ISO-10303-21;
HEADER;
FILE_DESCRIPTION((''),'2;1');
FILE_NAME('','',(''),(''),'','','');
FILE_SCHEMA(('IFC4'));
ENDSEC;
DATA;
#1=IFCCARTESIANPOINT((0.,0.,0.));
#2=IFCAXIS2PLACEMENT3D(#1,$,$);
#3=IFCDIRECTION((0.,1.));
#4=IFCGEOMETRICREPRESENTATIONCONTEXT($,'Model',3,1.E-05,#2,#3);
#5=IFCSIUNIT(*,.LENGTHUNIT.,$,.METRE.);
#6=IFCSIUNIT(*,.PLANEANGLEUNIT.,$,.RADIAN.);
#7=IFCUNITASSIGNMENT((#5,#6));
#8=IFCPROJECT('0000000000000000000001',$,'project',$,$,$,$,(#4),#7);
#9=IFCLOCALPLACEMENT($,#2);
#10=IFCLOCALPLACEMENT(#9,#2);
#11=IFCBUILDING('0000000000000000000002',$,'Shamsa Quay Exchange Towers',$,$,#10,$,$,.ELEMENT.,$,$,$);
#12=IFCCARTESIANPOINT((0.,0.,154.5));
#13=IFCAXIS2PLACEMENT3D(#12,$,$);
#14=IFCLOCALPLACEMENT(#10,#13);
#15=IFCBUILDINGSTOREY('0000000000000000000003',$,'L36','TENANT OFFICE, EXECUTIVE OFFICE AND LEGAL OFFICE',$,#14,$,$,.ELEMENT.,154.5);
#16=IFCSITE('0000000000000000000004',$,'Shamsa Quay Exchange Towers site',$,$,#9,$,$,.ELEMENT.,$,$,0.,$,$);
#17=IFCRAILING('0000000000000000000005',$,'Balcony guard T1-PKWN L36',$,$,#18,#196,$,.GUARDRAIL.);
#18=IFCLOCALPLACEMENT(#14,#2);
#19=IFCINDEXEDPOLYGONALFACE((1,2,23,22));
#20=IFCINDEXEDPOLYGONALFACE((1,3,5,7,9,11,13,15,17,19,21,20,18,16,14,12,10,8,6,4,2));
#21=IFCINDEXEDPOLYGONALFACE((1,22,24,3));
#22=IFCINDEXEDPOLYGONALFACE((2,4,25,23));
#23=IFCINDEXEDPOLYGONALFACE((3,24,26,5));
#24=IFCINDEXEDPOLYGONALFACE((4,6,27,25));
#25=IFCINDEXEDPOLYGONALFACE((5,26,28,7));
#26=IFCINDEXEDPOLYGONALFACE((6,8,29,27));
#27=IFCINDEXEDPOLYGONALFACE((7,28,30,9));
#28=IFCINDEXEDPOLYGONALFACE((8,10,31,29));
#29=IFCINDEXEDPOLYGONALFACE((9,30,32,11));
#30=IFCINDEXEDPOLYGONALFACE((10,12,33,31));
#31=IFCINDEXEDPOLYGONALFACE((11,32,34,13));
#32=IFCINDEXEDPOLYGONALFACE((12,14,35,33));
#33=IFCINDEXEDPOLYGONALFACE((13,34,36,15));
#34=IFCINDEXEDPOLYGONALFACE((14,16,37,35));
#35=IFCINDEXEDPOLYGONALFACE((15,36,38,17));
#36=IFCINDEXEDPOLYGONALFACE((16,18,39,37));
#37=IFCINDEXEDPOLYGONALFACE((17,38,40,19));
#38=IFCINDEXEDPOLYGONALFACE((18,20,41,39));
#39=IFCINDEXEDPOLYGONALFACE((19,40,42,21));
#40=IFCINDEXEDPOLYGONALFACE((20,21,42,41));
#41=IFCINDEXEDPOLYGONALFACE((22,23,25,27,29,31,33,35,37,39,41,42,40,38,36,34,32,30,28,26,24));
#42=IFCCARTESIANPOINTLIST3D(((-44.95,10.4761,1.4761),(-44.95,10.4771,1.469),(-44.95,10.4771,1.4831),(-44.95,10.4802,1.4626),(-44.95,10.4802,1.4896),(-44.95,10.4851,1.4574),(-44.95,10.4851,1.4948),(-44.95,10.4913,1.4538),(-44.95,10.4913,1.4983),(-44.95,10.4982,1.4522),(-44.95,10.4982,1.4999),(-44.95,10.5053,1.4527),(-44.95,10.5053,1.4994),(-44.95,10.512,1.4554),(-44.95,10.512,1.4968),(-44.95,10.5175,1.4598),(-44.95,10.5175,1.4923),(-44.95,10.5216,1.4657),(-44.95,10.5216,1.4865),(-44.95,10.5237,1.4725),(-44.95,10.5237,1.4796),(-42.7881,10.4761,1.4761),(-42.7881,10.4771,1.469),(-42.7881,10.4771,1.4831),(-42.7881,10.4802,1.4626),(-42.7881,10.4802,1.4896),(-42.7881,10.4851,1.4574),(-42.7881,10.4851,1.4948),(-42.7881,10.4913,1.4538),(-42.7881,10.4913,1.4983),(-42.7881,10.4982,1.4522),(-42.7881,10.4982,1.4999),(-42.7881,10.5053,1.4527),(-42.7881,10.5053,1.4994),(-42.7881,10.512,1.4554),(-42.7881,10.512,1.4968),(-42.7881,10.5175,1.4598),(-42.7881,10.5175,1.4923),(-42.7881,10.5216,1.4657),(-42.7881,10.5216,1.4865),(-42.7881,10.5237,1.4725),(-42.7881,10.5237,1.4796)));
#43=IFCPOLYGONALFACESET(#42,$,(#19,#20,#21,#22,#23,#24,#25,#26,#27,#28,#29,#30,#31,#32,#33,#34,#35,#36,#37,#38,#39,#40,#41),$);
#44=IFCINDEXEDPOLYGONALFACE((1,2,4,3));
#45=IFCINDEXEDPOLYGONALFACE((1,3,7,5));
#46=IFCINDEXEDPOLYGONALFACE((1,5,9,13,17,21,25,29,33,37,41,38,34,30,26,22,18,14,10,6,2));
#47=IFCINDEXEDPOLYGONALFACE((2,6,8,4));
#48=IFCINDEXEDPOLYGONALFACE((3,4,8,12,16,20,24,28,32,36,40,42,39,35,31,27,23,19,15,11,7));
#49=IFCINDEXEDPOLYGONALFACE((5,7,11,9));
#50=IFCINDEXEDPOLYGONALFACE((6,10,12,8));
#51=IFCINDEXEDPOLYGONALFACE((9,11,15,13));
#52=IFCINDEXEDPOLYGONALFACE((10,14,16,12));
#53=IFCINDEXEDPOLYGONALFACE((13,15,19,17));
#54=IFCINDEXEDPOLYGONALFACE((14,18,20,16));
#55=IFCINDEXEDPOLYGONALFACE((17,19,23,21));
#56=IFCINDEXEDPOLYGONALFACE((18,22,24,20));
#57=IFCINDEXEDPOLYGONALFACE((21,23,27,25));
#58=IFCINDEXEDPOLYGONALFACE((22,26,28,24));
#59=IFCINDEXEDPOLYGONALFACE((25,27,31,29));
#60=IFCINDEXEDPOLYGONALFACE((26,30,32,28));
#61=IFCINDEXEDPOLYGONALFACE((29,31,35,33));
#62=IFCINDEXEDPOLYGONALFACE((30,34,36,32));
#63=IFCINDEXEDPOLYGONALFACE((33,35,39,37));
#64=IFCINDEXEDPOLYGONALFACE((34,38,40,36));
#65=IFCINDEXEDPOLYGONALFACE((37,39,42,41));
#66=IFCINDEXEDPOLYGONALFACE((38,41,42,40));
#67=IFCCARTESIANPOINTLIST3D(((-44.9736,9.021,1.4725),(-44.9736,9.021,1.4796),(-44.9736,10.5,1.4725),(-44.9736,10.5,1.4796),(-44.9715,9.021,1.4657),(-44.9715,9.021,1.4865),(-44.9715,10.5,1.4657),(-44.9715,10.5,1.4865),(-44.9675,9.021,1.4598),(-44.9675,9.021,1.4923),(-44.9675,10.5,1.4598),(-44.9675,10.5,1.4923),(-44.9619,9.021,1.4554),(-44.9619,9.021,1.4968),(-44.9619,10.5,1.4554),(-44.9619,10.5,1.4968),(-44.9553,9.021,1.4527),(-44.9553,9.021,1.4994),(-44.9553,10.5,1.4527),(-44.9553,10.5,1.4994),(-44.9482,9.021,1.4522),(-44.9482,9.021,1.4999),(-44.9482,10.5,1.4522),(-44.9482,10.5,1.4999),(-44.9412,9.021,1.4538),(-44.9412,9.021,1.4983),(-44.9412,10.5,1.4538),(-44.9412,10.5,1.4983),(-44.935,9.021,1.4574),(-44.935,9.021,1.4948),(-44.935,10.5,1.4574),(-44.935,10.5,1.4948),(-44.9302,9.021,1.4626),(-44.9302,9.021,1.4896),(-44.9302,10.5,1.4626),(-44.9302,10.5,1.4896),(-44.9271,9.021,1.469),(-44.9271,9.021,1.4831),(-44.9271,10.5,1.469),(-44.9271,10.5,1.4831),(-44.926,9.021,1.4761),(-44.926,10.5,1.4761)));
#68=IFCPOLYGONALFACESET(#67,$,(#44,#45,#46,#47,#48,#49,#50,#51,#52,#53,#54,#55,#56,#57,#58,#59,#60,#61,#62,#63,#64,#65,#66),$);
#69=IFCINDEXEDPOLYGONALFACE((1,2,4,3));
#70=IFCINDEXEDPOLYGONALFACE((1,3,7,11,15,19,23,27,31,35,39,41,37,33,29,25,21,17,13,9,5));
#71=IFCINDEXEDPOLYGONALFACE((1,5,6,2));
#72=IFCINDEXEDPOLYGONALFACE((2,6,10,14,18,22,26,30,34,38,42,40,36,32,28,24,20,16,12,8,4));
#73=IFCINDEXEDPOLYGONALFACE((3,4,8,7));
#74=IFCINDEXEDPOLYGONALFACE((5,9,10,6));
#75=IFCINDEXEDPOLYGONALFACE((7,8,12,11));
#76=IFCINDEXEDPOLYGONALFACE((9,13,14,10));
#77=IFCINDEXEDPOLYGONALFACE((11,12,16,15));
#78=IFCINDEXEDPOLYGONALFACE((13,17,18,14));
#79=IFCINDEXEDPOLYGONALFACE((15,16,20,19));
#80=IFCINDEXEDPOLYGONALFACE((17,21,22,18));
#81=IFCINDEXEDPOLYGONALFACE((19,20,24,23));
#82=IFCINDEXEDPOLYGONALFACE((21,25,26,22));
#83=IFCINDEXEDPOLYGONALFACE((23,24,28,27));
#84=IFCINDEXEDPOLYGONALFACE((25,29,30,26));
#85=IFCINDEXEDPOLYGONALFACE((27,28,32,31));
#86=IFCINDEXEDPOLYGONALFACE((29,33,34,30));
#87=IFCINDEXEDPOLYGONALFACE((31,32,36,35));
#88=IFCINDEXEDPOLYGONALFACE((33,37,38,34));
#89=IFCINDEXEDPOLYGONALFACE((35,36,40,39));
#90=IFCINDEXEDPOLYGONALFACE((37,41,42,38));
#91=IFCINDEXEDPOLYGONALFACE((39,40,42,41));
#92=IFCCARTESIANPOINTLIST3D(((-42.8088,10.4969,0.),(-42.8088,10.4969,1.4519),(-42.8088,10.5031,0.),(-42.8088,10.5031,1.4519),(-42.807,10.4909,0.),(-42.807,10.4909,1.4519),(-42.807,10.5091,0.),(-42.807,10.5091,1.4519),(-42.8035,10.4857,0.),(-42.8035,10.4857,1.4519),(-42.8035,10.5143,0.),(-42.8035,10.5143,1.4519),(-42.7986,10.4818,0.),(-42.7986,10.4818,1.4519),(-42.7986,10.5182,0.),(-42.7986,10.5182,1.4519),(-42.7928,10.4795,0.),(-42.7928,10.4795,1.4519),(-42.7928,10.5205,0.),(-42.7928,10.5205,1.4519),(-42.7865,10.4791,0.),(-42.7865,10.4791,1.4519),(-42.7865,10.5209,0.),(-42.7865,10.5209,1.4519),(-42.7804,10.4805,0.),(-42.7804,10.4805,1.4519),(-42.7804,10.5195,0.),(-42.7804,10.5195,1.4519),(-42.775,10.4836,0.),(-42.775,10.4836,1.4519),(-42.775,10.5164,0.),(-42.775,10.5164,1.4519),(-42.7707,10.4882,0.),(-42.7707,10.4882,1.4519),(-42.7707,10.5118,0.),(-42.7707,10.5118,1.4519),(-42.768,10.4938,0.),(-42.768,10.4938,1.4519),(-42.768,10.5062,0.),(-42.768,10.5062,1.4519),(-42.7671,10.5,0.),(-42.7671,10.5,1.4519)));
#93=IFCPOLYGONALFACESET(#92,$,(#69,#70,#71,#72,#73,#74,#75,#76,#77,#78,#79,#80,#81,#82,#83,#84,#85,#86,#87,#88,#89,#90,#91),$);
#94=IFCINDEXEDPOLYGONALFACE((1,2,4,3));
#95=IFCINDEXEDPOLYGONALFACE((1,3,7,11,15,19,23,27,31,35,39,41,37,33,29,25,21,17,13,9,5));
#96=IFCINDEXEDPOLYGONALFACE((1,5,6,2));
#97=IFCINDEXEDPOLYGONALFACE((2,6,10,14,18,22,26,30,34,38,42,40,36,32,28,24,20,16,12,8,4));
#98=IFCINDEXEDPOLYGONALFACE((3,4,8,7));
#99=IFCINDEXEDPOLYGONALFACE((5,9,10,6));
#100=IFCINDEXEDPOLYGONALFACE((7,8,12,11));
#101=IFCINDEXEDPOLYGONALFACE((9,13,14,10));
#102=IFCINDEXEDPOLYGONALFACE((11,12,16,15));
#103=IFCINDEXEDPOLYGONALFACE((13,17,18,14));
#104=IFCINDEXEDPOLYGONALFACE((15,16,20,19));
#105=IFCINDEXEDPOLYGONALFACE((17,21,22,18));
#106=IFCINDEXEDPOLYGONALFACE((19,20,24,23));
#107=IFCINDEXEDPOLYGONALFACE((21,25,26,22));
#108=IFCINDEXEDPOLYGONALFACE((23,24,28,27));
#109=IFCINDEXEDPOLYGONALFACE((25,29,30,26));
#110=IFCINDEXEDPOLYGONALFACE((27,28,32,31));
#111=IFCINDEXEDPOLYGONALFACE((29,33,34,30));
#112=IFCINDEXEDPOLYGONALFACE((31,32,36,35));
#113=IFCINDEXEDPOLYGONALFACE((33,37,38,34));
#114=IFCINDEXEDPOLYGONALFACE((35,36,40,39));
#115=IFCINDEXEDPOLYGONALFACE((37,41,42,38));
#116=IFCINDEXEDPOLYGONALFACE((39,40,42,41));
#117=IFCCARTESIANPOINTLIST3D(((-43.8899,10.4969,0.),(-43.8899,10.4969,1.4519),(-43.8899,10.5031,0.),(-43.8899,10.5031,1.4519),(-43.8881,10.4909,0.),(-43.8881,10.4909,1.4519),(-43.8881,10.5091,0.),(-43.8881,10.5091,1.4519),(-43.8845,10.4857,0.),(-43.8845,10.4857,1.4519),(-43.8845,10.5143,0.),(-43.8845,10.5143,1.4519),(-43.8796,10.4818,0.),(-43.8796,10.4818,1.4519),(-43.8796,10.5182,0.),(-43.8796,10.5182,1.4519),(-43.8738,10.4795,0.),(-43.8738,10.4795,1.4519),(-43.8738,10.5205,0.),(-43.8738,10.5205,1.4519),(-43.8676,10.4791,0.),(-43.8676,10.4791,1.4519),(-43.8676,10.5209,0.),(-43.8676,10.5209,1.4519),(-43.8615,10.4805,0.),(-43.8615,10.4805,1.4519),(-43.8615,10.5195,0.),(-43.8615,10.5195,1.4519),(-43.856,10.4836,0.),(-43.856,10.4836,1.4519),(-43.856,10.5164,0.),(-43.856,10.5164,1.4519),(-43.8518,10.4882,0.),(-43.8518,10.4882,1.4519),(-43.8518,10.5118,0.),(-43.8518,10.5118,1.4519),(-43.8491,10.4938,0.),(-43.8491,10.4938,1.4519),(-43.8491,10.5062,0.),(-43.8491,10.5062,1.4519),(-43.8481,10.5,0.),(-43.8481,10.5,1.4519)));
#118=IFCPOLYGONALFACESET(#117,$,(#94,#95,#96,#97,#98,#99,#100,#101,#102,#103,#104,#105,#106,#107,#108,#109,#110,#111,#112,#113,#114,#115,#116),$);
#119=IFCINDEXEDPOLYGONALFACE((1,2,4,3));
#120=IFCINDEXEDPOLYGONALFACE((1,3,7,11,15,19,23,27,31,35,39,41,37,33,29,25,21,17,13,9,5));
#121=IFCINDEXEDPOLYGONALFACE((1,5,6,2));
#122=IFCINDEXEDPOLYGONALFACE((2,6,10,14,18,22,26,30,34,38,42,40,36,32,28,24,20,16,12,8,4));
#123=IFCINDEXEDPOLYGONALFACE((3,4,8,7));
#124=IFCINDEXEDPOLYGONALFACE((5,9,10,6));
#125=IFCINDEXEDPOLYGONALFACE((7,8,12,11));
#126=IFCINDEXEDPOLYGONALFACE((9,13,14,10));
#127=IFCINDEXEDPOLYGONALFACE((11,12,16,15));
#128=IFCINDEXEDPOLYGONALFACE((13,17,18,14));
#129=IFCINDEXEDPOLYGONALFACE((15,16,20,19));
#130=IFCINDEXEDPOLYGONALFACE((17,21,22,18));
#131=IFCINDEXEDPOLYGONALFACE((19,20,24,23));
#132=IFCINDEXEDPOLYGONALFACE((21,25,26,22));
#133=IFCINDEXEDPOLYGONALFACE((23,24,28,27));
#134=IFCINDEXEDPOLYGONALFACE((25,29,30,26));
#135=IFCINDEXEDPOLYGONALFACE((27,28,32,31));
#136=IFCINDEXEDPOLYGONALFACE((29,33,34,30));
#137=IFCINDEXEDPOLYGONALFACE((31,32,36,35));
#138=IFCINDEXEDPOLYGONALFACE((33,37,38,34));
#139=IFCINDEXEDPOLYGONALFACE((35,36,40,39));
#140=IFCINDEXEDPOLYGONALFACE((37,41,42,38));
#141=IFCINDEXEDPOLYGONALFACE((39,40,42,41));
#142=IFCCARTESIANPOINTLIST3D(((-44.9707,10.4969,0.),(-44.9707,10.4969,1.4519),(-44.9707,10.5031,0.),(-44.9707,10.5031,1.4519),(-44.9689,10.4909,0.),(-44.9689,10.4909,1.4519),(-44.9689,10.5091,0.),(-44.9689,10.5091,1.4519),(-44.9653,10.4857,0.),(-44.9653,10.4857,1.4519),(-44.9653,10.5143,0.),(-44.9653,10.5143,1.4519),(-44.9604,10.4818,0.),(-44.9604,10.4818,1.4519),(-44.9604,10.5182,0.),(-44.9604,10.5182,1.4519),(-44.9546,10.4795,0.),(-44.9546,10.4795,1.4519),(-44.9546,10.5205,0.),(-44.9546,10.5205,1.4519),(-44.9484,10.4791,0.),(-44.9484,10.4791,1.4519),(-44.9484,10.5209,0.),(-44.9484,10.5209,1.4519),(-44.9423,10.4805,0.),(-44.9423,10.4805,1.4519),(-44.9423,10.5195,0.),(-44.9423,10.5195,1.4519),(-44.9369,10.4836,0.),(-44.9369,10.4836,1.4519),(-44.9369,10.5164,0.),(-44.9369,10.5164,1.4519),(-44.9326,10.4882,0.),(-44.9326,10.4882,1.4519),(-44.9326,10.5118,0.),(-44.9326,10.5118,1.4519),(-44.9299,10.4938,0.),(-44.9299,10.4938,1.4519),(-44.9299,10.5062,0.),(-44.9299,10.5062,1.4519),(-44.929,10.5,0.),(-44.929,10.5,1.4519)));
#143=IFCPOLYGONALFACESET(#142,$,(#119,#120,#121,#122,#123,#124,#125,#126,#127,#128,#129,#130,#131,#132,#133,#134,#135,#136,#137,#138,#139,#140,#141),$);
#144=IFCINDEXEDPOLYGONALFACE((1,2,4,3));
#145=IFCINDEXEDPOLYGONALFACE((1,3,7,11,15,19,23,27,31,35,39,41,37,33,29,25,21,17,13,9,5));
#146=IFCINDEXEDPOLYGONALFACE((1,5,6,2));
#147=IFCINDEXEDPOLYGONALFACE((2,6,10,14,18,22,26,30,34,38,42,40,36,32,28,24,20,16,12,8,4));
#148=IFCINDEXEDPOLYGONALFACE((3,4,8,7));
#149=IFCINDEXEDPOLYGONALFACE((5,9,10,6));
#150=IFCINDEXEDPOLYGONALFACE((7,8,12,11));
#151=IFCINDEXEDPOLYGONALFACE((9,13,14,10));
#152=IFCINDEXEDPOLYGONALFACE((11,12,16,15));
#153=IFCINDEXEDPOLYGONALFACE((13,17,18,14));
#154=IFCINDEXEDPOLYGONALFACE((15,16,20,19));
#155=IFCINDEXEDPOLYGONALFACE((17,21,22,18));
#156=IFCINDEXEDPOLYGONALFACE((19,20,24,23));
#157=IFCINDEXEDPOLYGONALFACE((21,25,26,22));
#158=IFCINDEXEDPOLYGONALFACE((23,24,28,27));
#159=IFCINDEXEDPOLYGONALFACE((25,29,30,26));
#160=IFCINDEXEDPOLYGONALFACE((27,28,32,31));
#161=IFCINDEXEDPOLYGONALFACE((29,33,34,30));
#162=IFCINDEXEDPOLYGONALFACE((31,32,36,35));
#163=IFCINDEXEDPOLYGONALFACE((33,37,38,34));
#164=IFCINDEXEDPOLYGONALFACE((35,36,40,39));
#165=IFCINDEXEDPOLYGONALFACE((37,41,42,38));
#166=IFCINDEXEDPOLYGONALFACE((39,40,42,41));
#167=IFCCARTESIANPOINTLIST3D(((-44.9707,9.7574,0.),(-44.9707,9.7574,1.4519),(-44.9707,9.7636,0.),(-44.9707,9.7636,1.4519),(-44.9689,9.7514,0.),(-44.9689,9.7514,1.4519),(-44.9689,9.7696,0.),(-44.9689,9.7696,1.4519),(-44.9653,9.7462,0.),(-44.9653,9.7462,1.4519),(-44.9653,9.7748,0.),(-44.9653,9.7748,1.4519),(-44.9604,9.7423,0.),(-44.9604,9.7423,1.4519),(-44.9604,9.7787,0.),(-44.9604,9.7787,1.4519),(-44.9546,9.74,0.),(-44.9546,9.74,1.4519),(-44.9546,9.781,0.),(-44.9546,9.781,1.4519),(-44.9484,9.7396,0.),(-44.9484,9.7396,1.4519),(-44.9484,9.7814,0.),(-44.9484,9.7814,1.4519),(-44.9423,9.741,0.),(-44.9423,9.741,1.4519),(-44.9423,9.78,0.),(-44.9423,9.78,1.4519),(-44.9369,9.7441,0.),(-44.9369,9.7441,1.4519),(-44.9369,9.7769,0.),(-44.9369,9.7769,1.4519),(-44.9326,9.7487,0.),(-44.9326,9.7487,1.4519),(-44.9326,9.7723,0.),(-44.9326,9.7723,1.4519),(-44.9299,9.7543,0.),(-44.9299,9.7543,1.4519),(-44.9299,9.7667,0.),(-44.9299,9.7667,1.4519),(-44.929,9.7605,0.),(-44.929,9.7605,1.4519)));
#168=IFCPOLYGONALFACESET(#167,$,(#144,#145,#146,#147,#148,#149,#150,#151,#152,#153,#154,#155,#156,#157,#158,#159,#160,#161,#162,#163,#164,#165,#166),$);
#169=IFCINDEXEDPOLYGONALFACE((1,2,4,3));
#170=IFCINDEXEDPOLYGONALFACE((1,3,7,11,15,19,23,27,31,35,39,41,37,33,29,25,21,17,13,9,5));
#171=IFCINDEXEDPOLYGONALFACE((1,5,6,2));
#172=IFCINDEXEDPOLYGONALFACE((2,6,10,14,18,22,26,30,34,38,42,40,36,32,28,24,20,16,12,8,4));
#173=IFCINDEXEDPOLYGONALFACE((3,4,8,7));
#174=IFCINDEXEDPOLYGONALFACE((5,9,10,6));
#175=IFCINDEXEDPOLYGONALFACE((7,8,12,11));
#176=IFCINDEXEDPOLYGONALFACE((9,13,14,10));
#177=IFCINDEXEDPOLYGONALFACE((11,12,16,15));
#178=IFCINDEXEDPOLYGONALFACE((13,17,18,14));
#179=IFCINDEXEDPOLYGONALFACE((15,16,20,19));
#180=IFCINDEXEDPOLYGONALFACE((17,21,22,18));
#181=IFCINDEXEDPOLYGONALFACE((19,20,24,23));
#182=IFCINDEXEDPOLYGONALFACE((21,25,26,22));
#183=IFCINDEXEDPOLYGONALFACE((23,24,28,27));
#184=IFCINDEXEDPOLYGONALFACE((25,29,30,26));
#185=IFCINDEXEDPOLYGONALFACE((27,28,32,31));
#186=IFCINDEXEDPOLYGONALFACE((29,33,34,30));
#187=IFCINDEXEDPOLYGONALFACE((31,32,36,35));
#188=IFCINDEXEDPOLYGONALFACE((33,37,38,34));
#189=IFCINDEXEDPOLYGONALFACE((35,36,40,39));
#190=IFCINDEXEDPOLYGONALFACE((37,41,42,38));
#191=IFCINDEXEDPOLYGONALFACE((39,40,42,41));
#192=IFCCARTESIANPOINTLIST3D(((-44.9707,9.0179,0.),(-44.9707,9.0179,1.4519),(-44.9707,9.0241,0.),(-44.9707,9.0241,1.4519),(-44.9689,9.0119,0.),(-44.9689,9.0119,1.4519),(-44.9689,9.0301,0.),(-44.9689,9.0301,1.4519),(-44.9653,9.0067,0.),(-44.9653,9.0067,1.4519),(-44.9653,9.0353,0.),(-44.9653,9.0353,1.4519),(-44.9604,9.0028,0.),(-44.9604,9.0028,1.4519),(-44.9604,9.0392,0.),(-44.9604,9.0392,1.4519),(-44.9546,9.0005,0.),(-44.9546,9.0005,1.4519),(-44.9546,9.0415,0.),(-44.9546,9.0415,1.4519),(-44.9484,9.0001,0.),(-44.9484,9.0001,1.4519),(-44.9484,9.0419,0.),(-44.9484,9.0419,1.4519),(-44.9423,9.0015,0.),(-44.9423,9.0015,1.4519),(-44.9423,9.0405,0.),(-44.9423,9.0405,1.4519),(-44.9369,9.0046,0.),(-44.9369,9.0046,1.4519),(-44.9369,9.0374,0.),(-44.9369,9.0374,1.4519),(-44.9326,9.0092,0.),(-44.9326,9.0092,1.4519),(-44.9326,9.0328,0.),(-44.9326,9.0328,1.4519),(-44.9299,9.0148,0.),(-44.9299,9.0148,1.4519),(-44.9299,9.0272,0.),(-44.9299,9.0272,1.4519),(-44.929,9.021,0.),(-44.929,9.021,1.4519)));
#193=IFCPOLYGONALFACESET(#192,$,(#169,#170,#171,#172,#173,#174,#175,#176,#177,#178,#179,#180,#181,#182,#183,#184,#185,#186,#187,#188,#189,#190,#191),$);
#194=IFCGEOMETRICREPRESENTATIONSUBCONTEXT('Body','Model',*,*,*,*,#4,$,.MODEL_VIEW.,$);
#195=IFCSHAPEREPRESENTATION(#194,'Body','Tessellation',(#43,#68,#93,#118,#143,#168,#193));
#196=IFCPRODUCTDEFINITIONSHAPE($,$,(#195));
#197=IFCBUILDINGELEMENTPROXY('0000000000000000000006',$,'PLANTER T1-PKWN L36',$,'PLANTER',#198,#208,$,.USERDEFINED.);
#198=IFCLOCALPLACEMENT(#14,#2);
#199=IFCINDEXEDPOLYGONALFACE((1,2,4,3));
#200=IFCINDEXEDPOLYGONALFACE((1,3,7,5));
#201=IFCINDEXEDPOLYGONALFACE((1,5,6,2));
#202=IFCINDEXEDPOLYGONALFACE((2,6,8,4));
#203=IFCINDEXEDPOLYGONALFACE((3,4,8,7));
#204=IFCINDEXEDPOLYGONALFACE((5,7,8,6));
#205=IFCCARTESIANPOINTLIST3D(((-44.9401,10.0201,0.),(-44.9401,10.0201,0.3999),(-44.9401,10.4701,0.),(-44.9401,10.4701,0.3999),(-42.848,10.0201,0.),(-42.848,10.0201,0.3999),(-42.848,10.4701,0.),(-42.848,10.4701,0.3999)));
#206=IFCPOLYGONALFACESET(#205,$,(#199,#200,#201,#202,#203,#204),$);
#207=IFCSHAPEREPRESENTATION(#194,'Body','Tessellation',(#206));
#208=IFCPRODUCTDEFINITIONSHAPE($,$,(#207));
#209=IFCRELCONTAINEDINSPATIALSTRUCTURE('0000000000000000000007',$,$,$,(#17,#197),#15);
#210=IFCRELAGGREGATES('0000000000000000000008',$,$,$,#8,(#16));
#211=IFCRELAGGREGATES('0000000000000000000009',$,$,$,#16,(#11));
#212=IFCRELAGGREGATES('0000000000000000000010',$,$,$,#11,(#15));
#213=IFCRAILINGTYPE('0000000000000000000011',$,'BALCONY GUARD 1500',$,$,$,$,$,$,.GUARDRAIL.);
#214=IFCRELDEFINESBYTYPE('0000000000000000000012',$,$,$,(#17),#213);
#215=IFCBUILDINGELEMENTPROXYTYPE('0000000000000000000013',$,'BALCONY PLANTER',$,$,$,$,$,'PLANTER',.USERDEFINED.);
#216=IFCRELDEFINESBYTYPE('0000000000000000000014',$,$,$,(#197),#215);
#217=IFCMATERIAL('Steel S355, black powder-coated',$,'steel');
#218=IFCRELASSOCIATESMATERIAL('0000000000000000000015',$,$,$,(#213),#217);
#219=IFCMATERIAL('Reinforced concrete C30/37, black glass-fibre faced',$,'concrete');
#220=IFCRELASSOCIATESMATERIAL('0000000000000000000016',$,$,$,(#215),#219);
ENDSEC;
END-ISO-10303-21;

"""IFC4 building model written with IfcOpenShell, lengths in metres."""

from ifc_helpers import new_model, si_unit, direction, frame, origin, origin_2d, place, context, subcontext, project, spatial, rectangle, circle, extrude, material, type_object, element, save


model = new_model("IFC4")

# Units and contexts
model_context = context("Model", 3, precision=1e-05, world=origin(), true_north=direction((0.0, 1.0)))
body_context = subcontext(model_context, "Body", "Model", "MODEL_VIEW")
ifc_project = project(units=[si_unit("LENGTHUNIT", "METRE"), si_unit("PLANEANGLEUNIT", "RADIAN")], contexts=[model_context])

# Site, building, storey
site_placement = place(None, origin())
site = spatial("IfcSite", under=ifc_project, at=site_placement, Name="Shamsa Quay Exchange Towers site", CompositionType="ELEMENT", RefElevation=0.0)
building_placement = place(site_placement, origin())
building = spatial("IfcBuilding", under=site, at=building_placement, Name="Shamsa Quay Exchange Towers", CompositionType="ELEMENT")
storey_placement = place(building_placement, frame((0.0, 0.0, 154.5)))
storey = spatial("IfcBuildingStorey", under=building, at=storey_placement, Name="L36", Description="TENANT OFFICE, EXECUTIVE OFFICE AND LEGAL OFFICE", CompositionType="ELEMENT", Elevation=154.5)

# Railing
ifc_material_1 = material(Name="Steel S355, black powder-coated", Category="steel")
railing_type = type_object("IfcRailingType", Name="BALCONY GUARD 1500", PredefinedType="GUARDRAIL", material=ifc_material_1)
railing_placement = place(storey_placement, frame((-42.7881, 10.5, 0.0)))
element("IfcRailing", 1, at=railing_placement, inside=storey, type_object=railing_type, Name="Balcony guard T1-PKWN L36", PredefinedType="GUARDRAIL", context=body_context, shape_type="SweptSolid", body=[
    extrude(circle(Radius=0.0239, at=origin_2d()), frame((0.0, 0.0, 1.4761), z_axis=(-1.0, 0.0, 0.0), x_axis=(0.0, -1.0, 0.0)), (0.0, 0.0, 1.0), 2.1619),
    extrude(circle(Radius=0.0239, at=origin_2d()), frame((-2.1619, 0.0, 1.4761), z_axis=(0.0, -1.0, 0.0), x_axis=(1.0, 0.0, 0.0)), (0.0, 0.0, 1.0), 1.479),
    extrude(circle(Radius=0.021, at=origin_2d()), origin(), (0.0, 0.0, 1.0), 1.4519),
    extrude(circle(Radius=0.021, at=origin_2d()), frame((-1.0811, 0.0, 0.0)), (0.0, 0.0, 1.0), 1.4519),
    extrude(circle(Radius=0.021, at=origin_2d()), frame((-2.1619, 0.0, 0.0)), (0.0, 0.0, 1.0), 1.4519),
    extrude(circle(Radius=0.021, at=origin_2d()), frame((-2.1619, -0.7395, 0.0)), (0.0, 0.0, 1.0), 1.4519),
    extrude(circle(Radius=0.021, at=origin_2d()), frame((-2.1619, -1.479, 0.0)), (0.0, 0.0, 1.0), 1.4519),
])

# Building element proxy
ifc_material_2 = material(Name="Reinforced concrete C30/37, black glass-fibre faced", Category="concrete")
building_element_proxy_type = type_object("IfcBuildingElementProxyType", Name="BALCONY PLANTER", ElementType="PLANTER", PredefinedType="USERDEFINED", material=ifc_material_2)
proxy_placement = place(storey_placement, frame((-43.894, 10.2451, 0.0), z_axis=(0.0, 0.0, 1.0), x_axis=(-1.0, 0.0, 0.0)))
element("IfcBuildingElementProxy", 2, at=proxy_placement, inside=storey, type_object=building_element_proxy_type, Name="PLANTER T1-PKWN L36", ObjectType="PLANTER", PredefinedType="USERDEFINED", context=body_context, shape_type="SweptSolid", body=[
    extrude(rectangle(XDim=2.092, YDim=0.45, at=origin_2d()), origin(), (0.0, 0.0, 1.0), 0.3999),
])

save(model, "model.ifc")
